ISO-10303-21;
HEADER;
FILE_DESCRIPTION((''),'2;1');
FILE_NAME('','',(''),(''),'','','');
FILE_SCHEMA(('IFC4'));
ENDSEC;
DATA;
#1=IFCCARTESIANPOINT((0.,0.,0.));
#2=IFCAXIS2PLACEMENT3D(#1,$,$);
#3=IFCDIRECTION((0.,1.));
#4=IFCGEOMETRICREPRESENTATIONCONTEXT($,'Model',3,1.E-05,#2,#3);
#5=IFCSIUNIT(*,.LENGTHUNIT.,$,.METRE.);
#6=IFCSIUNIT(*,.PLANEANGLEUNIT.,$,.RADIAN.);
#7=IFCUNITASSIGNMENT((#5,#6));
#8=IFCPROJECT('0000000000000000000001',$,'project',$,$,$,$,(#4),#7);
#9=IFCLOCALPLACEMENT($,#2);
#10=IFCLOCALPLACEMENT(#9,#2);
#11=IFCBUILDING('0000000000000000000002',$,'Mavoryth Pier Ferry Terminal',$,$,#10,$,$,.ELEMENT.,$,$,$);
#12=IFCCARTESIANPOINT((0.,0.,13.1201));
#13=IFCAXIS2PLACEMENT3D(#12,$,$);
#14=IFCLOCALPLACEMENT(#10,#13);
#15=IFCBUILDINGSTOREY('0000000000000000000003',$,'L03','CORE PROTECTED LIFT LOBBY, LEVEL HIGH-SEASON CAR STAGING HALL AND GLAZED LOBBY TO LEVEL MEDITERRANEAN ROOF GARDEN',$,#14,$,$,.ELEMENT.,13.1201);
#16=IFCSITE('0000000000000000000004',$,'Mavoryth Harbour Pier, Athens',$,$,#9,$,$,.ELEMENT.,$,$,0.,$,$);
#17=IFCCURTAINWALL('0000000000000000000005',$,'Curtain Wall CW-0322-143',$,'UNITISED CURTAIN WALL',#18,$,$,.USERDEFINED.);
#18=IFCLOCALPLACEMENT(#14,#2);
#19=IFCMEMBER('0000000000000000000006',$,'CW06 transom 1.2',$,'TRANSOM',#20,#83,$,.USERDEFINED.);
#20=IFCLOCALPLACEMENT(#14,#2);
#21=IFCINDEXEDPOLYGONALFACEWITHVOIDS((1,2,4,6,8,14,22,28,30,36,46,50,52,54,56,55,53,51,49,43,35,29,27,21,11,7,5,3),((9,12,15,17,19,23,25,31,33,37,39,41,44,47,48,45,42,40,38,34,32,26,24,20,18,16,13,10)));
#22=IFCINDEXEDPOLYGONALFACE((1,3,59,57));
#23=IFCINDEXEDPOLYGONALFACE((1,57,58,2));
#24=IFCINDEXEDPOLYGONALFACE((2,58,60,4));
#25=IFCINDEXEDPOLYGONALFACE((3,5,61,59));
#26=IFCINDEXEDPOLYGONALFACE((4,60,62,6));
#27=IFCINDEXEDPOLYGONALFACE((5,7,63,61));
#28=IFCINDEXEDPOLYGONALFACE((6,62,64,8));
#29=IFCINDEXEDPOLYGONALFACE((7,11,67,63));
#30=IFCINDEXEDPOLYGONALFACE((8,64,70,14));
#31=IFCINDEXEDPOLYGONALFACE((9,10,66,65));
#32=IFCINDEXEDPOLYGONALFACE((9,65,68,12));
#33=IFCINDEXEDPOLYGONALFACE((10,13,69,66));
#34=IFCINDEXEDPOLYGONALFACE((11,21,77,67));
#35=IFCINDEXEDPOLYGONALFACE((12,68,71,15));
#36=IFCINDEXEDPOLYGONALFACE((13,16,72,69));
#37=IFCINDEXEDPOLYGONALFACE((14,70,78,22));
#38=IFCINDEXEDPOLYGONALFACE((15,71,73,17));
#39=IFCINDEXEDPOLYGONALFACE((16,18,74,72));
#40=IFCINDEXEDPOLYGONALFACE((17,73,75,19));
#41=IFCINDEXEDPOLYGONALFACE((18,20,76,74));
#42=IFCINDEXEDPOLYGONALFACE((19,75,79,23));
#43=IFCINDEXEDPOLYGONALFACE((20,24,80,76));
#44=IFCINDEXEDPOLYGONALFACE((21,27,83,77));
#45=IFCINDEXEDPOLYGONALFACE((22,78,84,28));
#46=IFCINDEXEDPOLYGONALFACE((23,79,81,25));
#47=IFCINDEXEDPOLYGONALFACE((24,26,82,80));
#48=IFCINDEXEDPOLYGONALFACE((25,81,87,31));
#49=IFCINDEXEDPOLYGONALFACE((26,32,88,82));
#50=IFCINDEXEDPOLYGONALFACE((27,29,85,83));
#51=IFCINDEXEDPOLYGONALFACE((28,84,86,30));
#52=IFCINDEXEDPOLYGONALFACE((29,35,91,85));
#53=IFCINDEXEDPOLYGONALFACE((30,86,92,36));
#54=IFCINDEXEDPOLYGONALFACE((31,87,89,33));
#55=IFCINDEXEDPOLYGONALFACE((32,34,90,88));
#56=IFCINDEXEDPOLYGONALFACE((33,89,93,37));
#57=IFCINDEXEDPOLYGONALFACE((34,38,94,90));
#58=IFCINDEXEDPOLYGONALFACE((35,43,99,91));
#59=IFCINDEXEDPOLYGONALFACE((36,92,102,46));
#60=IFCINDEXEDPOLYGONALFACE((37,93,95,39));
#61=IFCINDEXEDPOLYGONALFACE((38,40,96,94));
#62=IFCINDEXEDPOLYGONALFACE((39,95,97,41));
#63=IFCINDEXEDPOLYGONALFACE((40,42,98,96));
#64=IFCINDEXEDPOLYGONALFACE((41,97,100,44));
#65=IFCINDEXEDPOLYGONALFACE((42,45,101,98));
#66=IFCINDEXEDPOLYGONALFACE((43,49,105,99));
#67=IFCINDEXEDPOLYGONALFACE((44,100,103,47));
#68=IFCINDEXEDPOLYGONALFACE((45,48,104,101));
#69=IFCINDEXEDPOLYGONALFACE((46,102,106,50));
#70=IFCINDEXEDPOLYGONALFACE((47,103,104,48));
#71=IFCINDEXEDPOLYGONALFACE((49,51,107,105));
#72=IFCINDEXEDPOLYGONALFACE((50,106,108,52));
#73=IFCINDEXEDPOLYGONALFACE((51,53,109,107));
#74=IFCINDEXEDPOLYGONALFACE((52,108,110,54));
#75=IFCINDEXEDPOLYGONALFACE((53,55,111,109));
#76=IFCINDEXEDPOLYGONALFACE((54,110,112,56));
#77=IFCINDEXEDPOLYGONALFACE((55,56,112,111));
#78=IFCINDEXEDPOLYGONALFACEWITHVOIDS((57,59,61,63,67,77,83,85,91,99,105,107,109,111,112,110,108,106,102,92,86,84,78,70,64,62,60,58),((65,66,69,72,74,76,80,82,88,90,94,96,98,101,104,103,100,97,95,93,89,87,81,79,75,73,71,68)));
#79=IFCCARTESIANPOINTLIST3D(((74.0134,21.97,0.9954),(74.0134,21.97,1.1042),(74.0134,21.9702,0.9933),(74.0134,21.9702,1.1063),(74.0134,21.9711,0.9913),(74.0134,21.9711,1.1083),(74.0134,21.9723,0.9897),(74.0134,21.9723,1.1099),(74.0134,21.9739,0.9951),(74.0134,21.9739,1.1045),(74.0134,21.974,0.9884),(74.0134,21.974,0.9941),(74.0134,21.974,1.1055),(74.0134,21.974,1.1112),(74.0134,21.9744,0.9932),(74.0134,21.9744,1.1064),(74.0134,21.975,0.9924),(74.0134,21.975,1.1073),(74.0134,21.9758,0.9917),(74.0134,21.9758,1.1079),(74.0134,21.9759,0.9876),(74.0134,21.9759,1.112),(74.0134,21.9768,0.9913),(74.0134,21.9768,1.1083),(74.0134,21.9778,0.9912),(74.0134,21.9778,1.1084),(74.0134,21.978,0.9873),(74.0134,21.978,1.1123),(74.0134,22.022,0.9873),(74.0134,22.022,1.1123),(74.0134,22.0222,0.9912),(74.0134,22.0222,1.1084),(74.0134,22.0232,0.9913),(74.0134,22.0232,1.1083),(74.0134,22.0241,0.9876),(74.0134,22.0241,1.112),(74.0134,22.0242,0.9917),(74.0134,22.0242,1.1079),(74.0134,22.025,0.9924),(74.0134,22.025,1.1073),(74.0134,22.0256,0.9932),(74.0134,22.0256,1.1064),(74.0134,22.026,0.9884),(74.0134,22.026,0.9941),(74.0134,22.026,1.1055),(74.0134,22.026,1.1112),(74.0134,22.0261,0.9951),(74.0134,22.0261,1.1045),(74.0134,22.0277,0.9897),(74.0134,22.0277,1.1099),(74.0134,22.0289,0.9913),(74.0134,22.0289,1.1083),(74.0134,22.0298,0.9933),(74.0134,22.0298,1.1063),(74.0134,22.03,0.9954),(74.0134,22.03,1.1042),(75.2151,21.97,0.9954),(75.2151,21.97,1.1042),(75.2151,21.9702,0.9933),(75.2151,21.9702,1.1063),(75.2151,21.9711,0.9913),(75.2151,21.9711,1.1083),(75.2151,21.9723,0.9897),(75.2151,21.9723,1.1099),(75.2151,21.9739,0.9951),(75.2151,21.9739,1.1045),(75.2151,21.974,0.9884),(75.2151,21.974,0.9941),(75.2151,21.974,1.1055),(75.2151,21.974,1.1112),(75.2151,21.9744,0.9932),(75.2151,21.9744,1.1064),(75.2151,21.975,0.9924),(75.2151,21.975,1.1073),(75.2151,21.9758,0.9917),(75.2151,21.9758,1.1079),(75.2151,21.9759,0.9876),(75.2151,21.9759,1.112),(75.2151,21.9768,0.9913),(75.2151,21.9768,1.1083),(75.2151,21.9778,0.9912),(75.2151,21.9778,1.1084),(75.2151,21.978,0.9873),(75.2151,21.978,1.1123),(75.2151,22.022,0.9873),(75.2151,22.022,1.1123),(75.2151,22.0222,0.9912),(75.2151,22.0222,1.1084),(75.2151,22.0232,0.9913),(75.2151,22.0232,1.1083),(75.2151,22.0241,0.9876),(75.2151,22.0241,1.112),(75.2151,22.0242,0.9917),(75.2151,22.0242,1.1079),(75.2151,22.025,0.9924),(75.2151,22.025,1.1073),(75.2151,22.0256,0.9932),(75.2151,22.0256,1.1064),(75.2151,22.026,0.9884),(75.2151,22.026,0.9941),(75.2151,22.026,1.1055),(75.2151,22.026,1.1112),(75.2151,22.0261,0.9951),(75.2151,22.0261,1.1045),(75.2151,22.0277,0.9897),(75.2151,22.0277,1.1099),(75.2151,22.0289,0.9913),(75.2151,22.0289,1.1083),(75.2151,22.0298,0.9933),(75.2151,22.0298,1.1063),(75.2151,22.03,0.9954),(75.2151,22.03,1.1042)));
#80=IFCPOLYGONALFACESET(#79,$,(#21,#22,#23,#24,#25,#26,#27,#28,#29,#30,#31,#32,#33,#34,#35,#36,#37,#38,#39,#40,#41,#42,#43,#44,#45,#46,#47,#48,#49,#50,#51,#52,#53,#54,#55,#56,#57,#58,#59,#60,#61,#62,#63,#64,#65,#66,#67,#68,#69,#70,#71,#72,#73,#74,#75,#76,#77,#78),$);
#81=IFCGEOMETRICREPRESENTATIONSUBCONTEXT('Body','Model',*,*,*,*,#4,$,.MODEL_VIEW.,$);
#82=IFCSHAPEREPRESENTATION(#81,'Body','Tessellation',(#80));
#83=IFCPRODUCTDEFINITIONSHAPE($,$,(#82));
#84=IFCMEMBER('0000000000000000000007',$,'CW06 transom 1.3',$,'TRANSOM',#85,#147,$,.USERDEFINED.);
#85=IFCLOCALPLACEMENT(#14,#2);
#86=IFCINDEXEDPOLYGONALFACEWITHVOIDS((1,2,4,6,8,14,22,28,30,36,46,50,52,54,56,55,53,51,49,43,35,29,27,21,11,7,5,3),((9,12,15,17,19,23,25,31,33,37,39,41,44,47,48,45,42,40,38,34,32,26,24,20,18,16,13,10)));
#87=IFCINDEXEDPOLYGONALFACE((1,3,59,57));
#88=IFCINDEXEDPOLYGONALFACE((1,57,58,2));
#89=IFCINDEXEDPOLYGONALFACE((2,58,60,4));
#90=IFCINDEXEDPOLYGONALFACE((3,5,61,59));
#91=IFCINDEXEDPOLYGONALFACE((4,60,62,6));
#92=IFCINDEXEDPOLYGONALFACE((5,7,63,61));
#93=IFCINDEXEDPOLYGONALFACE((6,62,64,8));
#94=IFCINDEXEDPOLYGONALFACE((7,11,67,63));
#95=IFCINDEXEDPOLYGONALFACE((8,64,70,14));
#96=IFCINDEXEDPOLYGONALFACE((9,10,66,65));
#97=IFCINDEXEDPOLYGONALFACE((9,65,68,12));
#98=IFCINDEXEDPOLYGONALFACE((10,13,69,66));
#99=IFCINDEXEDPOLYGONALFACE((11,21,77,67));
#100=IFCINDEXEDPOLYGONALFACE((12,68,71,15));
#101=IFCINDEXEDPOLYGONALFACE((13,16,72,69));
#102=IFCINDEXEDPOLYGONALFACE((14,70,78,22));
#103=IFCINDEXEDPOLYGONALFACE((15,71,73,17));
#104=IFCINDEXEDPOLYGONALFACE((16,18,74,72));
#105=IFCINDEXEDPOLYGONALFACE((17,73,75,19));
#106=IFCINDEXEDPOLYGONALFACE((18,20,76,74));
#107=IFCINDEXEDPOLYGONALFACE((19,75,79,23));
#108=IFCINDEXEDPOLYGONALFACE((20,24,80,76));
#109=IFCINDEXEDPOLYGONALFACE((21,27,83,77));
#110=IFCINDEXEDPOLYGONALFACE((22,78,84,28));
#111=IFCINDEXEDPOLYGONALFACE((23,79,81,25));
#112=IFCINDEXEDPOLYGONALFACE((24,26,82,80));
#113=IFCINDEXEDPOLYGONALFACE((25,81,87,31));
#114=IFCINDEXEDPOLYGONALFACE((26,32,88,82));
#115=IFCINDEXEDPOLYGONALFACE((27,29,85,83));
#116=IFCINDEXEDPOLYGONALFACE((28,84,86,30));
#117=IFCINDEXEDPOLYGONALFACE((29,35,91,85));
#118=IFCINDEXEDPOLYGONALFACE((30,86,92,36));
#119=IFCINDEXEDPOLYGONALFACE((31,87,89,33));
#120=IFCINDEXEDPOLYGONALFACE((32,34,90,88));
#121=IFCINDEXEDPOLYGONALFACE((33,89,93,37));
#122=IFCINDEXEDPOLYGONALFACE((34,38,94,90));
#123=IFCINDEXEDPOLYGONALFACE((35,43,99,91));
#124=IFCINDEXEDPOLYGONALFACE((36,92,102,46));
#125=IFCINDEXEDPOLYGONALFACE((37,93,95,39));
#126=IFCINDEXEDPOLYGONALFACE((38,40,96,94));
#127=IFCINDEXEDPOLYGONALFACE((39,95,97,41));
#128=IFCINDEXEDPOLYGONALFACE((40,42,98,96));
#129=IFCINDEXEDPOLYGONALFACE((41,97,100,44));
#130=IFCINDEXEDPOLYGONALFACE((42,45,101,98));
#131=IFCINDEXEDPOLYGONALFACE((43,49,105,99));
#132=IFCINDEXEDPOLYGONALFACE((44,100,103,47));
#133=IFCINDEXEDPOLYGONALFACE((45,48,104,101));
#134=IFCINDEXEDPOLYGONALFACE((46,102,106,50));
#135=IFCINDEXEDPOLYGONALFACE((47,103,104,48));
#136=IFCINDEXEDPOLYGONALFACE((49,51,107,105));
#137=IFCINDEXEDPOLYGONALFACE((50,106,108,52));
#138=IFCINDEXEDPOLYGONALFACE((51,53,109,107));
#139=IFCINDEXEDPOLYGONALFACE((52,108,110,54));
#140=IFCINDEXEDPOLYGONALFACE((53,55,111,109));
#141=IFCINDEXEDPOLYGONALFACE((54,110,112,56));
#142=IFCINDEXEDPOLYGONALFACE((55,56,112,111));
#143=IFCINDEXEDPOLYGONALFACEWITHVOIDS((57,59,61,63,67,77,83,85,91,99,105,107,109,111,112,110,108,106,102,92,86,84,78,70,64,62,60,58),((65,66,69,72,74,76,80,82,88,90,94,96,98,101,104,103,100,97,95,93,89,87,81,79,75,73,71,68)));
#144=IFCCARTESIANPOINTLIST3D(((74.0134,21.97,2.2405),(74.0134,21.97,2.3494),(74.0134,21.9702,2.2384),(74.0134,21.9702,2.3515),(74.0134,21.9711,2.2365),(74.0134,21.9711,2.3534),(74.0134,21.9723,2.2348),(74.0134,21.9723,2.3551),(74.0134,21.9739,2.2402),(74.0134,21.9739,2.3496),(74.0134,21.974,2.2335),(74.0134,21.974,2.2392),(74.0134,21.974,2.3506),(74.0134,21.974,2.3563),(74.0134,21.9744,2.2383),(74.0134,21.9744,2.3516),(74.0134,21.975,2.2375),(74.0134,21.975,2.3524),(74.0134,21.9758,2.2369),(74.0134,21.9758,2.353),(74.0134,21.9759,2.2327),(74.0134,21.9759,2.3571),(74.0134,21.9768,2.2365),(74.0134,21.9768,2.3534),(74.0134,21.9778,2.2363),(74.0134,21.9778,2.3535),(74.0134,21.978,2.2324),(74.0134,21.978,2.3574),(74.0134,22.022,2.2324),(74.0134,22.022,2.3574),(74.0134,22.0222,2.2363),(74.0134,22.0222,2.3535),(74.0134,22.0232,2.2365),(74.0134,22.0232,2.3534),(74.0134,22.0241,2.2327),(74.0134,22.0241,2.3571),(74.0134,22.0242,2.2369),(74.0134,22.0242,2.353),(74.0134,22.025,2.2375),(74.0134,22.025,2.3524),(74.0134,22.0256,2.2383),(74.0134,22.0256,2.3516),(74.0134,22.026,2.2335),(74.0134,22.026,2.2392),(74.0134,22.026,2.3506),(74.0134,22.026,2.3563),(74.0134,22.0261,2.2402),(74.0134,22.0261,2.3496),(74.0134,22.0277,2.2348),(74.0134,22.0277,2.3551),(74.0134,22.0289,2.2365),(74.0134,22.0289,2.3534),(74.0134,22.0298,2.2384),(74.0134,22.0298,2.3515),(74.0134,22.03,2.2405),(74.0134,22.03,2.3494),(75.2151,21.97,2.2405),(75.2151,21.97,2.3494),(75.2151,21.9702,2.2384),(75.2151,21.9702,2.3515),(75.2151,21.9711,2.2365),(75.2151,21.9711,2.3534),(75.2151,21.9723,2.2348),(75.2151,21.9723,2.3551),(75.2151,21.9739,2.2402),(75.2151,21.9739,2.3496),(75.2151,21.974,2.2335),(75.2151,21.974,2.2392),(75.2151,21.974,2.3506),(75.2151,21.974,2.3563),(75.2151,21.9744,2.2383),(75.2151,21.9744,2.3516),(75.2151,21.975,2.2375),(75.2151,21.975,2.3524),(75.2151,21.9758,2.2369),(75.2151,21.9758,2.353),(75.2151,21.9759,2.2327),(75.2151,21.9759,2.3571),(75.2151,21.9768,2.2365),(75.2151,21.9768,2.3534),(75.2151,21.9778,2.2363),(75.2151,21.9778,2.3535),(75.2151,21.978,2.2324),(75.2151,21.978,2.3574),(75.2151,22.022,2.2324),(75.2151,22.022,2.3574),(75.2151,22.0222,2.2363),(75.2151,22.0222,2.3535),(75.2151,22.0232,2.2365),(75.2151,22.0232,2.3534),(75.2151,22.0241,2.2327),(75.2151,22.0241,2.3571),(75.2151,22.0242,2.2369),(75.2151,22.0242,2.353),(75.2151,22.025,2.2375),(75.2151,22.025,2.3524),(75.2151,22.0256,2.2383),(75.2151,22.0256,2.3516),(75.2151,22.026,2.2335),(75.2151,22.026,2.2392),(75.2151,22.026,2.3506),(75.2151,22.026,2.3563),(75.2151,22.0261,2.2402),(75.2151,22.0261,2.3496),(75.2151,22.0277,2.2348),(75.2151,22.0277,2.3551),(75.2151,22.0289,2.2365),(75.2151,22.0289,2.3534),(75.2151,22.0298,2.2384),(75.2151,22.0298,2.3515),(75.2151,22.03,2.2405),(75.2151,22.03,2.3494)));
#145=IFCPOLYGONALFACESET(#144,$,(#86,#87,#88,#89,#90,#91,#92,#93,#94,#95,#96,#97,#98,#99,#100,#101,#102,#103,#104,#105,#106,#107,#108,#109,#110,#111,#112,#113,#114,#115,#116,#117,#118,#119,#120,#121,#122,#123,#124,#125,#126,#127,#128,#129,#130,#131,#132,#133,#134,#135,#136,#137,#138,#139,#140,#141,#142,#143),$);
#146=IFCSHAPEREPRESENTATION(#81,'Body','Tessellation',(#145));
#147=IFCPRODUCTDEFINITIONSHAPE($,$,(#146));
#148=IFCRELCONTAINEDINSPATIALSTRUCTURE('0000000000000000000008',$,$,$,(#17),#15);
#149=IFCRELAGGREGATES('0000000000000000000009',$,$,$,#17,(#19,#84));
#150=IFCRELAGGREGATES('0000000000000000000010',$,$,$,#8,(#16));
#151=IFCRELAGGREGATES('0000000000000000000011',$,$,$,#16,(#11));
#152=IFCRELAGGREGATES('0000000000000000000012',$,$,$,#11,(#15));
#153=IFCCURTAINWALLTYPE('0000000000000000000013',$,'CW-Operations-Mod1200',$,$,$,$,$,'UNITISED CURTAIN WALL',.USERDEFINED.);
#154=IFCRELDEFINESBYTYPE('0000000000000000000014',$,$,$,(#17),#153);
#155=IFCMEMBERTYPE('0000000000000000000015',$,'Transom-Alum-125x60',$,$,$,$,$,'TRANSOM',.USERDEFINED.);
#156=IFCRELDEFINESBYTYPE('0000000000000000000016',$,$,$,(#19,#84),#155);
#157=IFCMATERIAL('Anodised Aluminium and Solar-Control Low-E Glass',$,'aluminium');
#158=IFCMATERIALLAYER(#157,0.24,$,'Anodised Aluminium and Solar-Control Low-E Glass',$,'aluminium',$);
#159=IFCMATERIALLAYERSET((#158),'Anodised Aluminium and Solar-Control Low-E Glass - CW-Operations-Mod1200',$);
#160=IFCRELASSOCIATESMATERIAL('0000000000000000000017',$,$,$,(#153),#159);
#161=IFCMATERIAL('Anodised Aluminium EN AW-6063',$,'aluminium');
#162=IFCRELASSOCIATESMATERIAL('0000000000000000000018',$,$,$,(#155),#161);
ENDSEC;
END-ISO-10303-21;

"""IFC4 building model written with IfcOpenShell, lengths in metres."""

from ifc_helpers import new_model, si_unit, direction, frame, origin, origin_2d, place, context, subcontext, project, spatial, hollow_rectangle, extrude, material, layer, layer_set, material_profile, profile_set, type_object, element, aggregate, save


model = new_model("IFC4")

# Units and contexts
model_context = context("Model", 3, precision=1e-05, world=origin(), true_north=direction((0.0, 1.0)))
body_context = subcontext(model_context, "Body", "Model", "MODEL_VIEW")
ifc_project = project(units=[si_unit("LENGTHUNIT", "METRE"), si_unit("PLANEANGLEUNIT", "RADIAN")], contexts=[model_context])

# Site, building, storey
site_placement = place(None, origin())
site = spatial("IfcSite", under=ifc_project, at=site_placement, Name="Mavoryth Harbour Pier, Athens", CompositionType="ELEMENT", RefElevation=0.0)
building_placement = place(site_placement, origin())
building = spatial("IfcBuilding", under=site, at=building_placement, Name="Mavoryth Pier Ferry Terminal", CompositionType="ELEMENT")
storey_placement = place(building_placement, frame((0.0, 0.0, 13.1201)))
storey = spatial("IfcBuildingStorey", under=building, at=storey_placement, Name="L03", Description="CORE PROTECTED LIFT LOBBY, LEVEL HIGH-SEASON CAR STAGING HALL AND GLAZED LOBBY TO LEVEL MEDITERRANEAN ROOF GARDEN", CompositionType="ELEMENT", Elevation=13.1201)

# Curtain wall, members
ifc_material_1 = material(Name="Anodised Aluminium and Solar-Control Low-E Glass", Category="aluminium")
ifc_layer_1 = layer(ifc_material_1, 0.24, Name="Anodised Aluminium and Solar-Control Low-E Glass", Category="aluminium")
ifc_layer_set_1 = layer_set([ifc_layer_1], Name="Anodised Aluminium and Solar-Control Low-E Glass - CW-Operations-Mod1200")
curtain_wall_type = type_object("IfcCurtainWallType", Name="CW-Operations-Mod1200", ElementType="UNITISED CURTAIN WALL", PredefinedType="USERDEFINED", material=ifc_layer_set_1)
curtain_wall_placement = place(storey_placement, origin())
curtain_wall = element("IfcCurtainWall", 1, at=curtain_wall_placement, inside=storey, type_object=curtain_wall_type, Name="Curtain Wall CW-0322-143", ObjectType="UNITISED CURTAIN WALL", PredefinedType="USERDEFINED")
ifc_material_2 = material(Name="Anodised Aluminium EN AW-6063", Category="aluminium")
ifc_material_profile_1 = material_profile(ifc_material_2, hollow_rectangle(XDim=0.0601, YDim=0.125, WallThickness=0.0039, InnerFilletRadius=0.0039, OuterFilletRadius=0.0081, at=origin_2d()), Name="AL-TRAN 125x60x4", Category="aluminium")
ifc_profile_set_1 = profile_set([ifc_material_profile_1], Name="Anodised Aluminium EN AW-6063 - AL-TRAN 125x60x4")
member_type_1 = type_object("IfcMemberType", Name="Transom-Alum-125x60", ElementType="TRANSOM", PredefinedType="USERDEFINED", material=ifc_profile_set_1)
member_1_placement = place(storey_placement, frame((75.2151, 22.0, 1.0498), z_axis=(-1.0, 0.0, 0.0), x_axis=(0.0, -1.0, 0.0)))
member_1 = element("IfcMember", 2, at=member_1_placement, type_object=member_type_1, Name="CW06 transom 1.2", ObjectType="TRANSOM", PredefinedType="USERDEFINED", context=body_context, shape_type="SweptSolid", body=[
    extrude(hollow_rectangle(XDim=0.0601, YDim=0.125, WallThickness=0.0039, InnerFilletRadius=0.0039, OuterFilletRadius=0.0081, at=origin_2d()), origin(), (0.0, 0.0, 1.0), 1.2017),
])
member_2_placement = place(storey_placement, frame((75.2151, 22.0, 2.2949), z_axis=(-1.0, 0.0, 0.0), x_axis=(0.0, -1.0, 0.0)))
member_2 = element("IfcMember", 3, at=member_2_placement, type_object=member_type_1, Name="CW06 transom 1.3", ObjectType="TRANSOM", PredefinedType="USERDEFINED", context=body_context, shape_type="SweptSolid", body=[
    extrude(hollow_rectangle(XDim=0.0601, YDim=0.125, WallThickness=0.0039, InnerFilletRadius=0.0039, OuterFilletRadius=0.0081, at=origin_2d()), origin(), (0.0, 0.0, 1.0), 1.2017),
])
aggregate(curtain_wall, [member_1, member_2])

save(model, "model.ifc")
